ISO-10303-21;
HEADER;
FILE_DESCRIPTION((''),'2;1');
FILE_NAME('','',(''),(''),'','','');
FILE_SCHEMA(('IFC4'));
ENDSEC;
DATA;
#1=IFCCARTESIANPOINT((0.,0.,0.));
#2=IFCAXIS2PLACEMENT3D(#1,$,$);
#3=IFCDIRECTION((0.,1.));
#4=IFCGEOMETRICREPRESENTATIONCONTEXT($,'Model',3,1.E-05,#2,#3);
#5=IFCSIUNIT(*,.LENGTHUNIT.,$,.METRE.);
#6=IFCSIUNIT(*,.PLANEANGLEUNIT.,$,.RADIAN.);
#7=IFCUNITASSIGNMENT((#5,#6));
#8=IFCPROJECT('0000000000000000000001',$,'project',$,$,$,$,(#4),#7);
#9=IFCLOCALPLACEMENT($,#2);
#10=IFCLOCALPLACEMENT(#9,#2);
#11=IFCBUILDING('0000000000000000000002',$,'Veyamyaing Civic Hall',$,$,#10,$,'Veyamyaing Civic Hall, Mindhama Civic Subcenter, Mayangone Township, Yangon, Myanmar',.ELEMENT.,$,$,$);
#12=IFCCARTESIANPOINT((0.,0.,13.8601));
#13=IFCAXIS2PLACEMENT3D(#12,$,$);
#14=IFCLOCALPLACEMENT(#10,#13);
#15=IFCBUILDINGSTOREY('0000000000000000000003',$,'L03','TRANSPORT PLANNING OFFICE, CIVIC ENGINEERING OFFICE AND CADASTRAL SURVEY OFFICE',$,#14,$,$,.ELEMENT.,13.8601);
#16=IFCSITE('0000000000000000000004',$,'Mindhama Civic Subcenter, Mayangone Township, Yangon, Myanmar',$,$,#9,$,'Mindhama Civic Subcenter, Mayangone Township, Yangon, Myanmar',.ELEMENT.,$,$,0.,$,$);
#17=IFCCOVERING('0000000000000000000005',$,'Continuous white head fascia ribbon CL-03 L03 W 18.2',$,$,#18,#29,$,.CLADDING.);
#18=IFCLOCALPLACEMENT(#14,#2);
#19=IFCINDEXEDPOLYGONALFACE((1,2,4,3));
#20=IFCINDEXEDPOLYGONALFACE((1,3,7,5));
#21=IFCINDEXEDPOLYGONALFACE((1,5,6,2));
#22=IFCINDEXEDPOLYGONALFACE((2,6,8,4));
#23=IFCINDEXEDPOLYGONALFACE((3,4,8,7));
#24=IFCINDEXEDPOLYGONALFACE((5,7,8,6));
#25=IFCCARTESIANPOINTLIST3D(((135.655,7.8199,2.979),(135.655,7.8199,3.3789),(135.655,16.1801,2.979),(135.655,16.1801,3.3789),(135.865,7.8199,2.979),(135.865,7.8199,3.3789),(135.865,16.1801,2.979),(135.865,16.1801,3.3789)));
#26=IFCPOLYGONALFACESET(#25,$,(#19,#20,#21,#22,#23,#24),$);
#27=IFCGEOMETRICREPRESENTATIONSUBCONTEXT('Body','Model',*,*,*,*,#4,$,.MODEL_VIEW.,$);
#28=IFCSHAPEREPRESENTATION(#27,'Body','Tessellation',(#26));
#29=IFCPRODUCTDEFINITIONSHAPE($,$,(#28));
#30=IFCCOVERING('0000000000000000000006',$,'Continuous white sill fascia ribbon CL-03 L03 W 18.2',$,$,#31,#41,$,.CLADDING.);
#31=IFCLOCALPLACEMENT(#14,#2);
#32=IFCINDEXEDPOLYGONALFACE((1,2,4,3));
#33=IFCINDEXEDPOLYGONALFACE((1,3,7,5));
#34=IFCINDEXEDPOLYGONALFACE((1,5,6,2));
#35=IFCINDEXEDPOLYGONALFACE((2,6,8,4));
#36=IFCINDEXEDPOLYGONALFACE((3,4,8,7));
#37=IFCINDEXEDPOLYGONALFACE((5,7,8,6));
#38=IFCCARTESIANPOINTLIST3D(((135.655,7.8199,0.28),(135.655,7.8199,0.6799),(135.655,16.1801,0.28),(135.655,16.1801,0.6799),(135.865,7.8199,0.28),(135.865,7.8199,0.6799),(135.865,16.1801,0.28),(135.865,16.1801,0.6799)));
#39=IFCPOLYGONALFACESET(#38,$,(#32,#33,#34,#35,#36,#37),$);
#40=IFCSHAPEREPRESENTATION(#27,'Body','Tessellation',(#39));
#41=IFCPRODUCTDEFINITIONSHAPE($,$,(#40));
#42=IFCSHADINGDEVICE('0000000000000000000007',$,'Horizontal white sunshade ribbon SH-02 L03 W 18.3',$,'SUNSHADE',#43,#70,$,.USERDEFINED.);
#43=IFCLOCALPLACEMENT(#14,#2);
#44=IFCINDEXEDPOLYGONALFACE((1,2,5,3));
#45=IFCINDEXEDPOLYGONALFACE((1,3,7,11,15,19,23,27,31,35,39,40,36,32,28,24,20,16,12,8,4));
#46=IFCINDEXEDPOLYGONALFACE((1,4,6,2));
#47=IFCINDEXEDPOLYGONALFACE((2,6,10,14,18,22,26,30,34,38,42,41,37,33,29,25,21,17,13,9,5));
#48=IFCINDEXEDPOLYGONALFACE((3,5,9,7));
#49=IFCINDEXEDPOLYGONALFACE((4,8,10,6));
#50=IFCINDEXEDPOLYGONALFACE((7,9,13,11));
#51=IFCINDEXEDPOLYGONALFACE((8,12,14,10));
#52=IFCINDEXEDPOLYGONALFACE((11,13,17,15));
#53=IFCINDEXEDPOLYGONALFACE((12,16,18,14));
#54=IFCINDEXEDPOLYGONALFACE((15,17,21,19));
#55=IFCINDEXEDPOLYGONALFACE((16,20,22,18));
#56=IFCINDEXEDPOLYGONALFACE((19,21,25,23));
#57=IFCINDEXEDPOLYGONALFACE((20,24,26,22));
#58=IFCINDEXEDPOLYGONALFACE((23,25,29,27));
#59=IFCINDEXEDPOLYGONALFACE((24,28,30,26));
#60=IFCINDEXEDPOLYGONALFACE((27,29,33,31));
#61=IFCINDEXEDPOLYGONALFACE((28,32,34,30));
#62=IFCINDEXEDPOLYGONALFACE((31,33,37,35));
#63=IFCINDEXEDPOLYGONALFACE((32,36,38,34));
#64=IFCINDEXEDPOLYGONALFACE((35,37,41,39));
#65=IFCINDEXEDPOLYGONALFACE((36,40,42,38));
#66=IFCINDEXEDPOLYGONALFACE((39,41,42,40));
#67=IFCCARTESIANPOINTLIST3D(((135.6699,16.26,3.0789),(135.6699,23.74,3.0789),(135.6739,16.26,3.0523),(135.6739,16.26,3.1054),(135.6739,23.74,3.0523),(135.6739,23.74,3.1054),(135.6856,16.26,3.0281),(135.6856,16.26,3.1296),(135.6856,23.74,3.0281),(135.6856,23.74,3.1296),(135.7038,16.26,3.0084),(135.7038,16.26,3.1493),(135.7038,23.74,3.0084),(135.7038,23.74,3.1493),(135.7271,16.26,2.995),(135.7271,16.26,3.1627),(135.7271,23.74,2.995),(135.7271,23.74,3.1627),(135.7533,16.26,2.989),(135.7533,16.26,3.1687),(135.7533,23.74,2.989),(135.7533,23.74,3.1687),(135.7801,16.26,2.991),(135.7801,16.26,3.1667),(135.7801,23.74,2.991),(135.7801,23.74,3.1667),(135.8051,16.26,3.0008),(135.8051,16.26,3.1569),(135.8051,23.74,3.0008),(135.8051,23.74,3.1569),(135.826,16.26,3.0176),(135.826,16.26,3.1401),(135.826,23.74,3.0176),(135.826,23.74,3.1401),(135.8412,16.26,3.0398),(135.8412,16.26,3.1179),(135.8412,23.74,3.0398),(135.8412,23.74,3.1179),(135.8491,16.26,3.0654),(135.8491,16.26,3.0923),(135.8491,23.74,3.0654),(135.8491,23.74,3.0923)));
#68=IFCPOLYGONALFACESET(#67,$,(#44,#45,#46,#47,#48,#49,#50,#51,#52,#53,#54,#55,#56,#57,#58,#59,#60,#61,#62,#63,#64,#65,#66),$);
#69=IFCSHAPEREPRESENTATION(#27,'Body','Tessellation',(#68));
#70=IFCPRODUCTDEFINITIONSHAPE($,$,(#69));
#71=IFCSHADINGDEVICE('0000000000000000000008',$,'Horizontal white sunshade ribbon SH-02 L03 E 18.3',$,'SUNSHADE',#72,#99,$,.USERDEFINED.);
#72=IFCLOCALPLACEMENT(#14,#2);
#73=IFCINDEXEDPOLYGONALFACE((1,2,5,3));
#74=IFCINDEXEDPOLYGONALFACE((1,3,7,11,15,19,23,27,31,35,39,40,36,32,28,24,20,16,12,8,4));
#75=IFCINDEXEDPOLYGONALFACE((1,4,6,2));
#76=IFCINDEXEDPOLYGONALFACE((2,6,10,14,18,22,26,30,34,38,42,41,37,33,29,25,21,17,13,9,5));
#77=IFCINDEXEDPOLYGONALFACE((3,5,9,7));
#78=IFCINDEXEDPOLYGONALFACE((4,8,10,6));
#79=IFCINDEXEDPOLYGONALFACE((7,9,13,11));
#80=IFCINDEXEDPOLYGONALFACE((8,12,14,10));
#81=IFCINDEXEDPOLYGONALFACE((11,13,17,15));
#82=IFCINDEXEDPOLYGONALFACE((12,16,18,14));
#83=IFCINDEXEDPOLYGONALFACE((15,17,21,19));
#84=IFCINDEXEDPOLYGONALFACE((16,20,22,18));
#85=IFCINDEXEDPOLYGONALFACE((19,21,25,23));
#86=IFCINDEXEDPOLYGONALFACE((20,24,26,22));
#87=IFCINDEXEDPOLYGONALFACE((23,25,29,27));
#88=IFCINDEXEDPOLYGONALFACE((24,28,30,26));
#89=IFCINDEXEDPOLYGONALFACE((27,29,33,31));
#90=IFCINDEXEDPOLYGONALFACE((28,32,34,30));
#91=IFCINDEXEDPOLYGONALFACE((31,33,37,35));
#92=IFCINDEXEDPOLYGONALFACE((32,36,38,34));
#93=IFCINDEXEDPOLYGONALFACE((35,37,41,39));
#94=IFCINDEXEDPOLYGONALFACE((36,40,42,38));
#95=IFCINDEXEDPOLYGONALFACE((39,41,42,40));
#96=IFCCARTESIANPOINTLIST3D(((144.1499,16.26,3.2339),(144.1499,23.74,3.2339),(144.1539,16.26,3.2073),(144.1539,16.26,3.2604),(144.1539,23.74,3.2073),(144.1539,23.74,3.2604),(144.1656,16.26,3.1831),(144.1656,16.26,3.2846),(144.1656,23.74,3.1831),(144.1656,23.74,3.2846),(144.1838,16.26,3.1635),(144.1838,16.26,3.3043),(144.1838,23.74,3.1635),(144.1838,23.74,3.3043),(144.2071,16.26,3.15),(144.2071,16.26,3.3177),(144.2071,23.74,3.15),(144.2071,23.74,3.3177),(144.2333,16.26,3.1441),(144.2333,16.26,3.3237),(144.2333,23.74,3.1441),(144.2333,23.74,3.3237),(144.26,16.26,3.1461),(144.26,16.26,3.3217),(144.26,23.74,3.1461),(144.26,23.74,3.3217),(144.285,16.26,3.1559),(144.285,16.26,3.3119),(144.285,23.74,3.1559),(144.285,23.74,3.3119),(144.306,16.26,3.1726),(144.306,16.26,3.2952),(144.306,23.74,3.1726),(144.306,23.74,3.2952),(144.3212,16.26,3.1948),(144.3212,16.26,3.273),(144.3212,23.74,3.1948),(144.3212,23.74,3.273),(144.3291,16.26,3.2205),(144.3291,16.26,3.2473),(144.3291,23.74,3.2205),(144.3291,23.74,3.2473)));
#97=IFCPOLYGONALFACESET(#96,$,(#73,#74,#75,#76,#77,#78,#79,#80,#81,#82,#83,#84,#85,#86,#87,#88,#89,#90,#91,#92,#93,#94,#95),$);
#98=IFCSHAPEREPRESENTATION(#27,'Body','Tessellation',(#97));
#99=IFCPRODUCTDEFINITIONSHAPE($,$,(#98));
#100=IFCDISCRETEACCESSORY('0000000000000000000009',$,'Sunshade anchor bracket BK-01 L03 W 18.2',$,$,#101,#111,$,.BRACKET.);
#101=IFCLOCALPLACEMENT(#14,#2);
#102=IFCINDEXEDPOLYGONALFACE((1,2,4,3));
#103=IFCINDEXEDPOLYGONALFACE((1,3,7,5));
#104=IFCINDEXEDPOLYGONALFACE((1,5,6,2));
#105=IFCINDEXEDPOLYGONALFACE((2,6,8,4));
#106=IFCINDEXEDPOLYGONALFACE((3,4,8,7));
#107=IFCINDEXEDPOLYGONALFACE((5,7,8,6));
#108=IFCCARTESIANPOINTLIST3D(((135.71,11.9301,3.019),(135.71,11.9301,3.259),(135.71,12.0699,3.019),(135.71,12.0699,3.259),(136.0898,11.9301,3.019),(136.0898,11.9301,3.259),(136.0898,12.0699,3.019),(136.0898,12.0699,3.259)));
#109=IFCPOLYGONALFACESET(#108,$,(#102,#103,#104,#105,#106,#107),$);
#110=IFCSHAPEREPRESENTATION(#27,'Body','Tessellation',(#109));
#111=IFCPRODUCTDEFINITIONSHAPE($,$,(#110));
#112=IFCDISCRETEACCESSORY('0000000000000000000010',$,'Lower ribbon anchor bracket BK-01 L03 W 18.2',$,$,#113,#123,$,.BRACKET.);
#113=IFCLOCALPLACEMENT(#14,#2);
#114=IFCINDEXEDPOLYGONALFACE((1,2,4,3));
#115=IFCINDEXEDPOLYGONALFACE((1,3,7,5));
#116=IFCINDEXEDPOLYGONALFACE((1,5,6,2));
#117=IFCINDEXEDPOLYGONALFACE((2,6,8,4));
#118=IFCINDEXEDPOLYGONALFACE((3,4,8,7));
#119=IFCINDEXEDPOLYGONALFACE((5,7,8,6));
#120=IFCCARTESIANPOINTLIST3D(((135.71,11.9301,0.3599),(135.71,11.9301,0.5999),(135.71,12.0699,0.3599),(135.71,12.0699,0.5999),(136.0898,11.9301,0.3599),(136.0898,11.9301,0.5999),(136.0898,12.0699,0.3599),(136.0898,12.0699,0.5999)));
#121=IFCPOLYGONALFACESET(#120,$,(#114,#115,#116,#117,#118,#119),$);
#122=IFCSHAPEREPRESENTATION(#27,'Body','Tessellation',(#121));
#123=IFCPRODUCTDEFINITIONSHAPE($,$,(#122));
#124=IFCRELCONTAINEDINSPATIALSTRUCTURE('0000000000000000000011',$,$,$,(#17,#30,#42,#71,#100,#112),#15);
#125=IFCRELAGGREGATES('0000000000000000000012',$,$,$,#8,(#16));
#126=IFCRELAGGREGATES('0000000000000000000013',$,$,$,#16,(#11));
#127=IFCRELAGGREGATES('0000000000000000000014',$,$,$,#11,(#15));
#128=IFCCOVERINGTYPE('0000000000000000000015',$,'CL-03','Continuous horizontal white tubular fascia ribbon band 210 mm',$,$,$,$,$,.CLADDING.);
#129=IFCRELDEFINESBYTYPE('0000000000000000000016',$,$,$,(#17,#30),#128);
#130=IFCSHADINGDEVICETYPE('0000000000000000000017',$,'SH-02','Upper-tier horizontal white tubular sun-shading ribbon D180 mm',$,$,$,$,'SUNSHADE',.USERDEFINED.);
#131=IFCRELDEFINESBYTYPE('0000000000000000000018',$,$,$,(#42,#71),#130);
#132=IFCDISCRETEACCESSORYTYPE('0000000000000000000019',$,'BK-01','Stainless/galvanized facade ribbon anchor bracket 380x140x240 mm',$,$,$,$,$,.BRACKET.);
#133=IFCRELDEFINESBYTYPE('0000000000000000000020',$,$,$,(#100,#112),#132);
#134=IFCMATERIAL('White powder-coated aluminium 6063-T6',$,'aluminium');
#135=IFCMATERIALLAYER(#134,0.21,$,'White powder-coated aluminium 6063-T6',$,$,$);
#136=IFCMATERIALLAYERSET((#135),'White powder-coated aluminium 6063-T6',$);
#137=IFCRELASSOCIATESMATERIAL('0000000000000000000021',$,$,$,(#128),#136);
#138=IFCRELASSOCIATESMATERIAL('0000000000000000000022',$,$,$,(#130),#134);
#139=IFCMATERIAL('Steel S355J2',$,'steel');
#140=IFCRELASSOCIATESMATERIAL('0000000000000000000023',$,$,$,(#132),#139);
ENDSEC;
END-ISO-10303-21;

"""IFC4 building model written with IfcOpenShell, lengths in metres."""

from ifc_helpers import new_model, si_unit, direction, frame, origin, origin_2d, place, context, subcontext, project, spatial, rectangle, circle, extrude, material, layer, layer_set, material_profile, profile_set, type_object, element, save


model = new_model("IFC4")

# Units and contexts
model_context = context("Model", 3, precision=1e-05, world=origin(), true_north=direction((0.0, 1.0)))
body_context = subcontext(model_context, "Body", "Model", "MODEL_VIEW")
ifc_project = project(units=[si_unit("LENGTHUNIT", "METRE"), si_unit("PLANEANGLEUNIT", "RADIAN")], contexts=[model_context])

# Site, building, storey
site_placement = place(None, origin())
site = spatial("IfcSite", under=ifc_project, at=site_placement, Name="Mindhama Civic Subcenter, Mayangone Township, Yangon, Myanmar", LongName="Mindhama Civic Subcenter, Mayangone Township, Yangon, Myanmar", CompositionType="ELEMENT", RefElevation=0.0)
building_placement = place(site_placement, origin())
building = spatial("IfcBuilding", under=site, at=building_placement, Name="Veyamyaing Civic Hall", LongName="Veyamyaing Civic Hall, Mindhama Civic Subcenter, Mayangone Township, Yangon, Myanmar", CompositionType="ELEMENT")
storey_placement = place(building_placement, frame((0.0, 0.0, 13.8601)))
storey = spatial("IfcBuildingStorey", under=building, at=storey_placement, Name="L03", Description="TRANSPORT PLANNING OFFICE, CIVIC ENGINEERING OFFICE AND CADASTRAL SURVEY OFFICE", CompositionType="ELEMENT", Elevation=13.8601)

# Coverings
ifc_material_1 = material(Name="White powder-coated aluminium 6063-T6", Category="aluminium")
ifc_layer_1 = layer(ifc_material_1, 0.21, Name="White powder-coated aluminium 6063-T6")
ifc_layer_set_1 = layer_set([ifc_layer_1], Name="White powder-coated aluminium 6063-T6")
covering_type_1 = type_object("IfcCoveringType", Name="CL-03", Description="Continuous horizontal white tubular fascia ribbon band 210 mm", PredefinedType="CLADDING", material=ifc_layer_set_1)
for number, where, z_axis, x_axis, name in (
    (1, (135.76, 12.0, 2.979), (0.0, 0.0, 1.0), (0.0, 1.0, 0.0), "Continuous white head fascia ribbon CL-03 L03 W 18.2"),
    (2, (135.76, 12.0, 0.28), (0.0, 0.0, 1.0), (0.0, 1.0, 0.0), "Continuous white sill fascia ribbon CL-03 L03 W 18.2"),
):
    element("IfcCovering", number, at=place(storey_placement, frame(where, z_axis=z_axis, x_axis=x_axis)), inside=storey, type_object=covering_type_1, Name=name, PredefinedType="CLADDING", context=body_context, shape_type="SweptSolid", body=[
        extrude(rectangle(XDim=8.3601, YDim=0.21, at=origin_2d()), origin(), (0.0, 0.0, 1.0), 0.3999),
    ])

# Shading devices
ifc_material_profile_1 = material_profile(ifc_material_1, circle(Radius=0.0901, at=origin_2d()), Name="SHADE-TUBE-180")
ifc_profile_set_1 = profile_set([ifc_material_profile_1], Name="White powder-coated aluminium 6063-T6")
shading_device_type = type_object("IfcShadingDeviceType", Name="SH-02", Description="Upper-tier horizontal white tubular sun-shading ribbon D180 mm", ElementType="SUNSHADE", PredefinedType="USERDEFINED", material=ifc_profile_set_1)
for number, where, z_axis, x_axis, name in (
    (3, (135.76, 16.26, 3.0789), (0.0, 1.0, 0.0), (-1.0, 0.0, 0.0), "Horizontal white sunshade ribbon SH-02 L03 W 18.3"),
    (4, (144.24, 16.26, 3.2339), (0.0, 1.0, 0.0), (-1.0, 0.0, 0.0), "Horizontal white sunshade ribbon SH-02 L03 E 18.3"),
):
    element("IfcShadingDevice", number, at=place(storey_placement, frame(where, z_axis=z_axis, x_axis=x_axis)), inside=storey, type_object=shading_device_type, Name=name, ObjectType="SUNSHADE", PredefinedType="USERDEFINED", context=body_context, shape_type="SweptSolid", body=[
        extrude(circle(Radius=0.0901, at=origin_2d()), origin(), (0.0, 0.0, 1.0), 7.48),
    ])

# Discrete accessories
ifc_material_2 = material(Name="Steel S355J2", Category="steel")
discrete_accessory_type = type_object("IfcDiscreteAccessoryType", Name="BK-01", Description="Stainless/galvanized facade ribbon anchor bracket 380x140x240 mm", PredefinedType="BRACKET", material=ifc_material_2)
for number, where, z_axis, x_axis, name in (
    (5, (135.8999, 12.0, 3.019), (0.0, 0.0, 1.0), (-1.0, 0.0, 0.0), "Sunshade anchor bracket BK-01 L03 W 18.2"),
    (6, (135.8999, 12.0, 0.3599), (0.0, 0.0, 1.0), (-1.0, 0.0, 0.0), "Lower ribbon anchor bracket BK-01 L03 W 18.2"),
):
    element("IfcDiscreteAccessory", number, at=place(storey_placement, frame(where, z_axis=z_axis, x_axis=x_axis)), inside=storey, type_object=discrete_accessory_type, Name=name, PredefinedType="BRACKET", context=body_context, shape_type="SweptSolid", body=[
        extrude(rectangle(XDim=0.3799, YDim=0.1399, at=origin_2d()), origin(), (0.0, 0.0, 1.0), 0.24),
    ])

save(model, "model.ifc")
